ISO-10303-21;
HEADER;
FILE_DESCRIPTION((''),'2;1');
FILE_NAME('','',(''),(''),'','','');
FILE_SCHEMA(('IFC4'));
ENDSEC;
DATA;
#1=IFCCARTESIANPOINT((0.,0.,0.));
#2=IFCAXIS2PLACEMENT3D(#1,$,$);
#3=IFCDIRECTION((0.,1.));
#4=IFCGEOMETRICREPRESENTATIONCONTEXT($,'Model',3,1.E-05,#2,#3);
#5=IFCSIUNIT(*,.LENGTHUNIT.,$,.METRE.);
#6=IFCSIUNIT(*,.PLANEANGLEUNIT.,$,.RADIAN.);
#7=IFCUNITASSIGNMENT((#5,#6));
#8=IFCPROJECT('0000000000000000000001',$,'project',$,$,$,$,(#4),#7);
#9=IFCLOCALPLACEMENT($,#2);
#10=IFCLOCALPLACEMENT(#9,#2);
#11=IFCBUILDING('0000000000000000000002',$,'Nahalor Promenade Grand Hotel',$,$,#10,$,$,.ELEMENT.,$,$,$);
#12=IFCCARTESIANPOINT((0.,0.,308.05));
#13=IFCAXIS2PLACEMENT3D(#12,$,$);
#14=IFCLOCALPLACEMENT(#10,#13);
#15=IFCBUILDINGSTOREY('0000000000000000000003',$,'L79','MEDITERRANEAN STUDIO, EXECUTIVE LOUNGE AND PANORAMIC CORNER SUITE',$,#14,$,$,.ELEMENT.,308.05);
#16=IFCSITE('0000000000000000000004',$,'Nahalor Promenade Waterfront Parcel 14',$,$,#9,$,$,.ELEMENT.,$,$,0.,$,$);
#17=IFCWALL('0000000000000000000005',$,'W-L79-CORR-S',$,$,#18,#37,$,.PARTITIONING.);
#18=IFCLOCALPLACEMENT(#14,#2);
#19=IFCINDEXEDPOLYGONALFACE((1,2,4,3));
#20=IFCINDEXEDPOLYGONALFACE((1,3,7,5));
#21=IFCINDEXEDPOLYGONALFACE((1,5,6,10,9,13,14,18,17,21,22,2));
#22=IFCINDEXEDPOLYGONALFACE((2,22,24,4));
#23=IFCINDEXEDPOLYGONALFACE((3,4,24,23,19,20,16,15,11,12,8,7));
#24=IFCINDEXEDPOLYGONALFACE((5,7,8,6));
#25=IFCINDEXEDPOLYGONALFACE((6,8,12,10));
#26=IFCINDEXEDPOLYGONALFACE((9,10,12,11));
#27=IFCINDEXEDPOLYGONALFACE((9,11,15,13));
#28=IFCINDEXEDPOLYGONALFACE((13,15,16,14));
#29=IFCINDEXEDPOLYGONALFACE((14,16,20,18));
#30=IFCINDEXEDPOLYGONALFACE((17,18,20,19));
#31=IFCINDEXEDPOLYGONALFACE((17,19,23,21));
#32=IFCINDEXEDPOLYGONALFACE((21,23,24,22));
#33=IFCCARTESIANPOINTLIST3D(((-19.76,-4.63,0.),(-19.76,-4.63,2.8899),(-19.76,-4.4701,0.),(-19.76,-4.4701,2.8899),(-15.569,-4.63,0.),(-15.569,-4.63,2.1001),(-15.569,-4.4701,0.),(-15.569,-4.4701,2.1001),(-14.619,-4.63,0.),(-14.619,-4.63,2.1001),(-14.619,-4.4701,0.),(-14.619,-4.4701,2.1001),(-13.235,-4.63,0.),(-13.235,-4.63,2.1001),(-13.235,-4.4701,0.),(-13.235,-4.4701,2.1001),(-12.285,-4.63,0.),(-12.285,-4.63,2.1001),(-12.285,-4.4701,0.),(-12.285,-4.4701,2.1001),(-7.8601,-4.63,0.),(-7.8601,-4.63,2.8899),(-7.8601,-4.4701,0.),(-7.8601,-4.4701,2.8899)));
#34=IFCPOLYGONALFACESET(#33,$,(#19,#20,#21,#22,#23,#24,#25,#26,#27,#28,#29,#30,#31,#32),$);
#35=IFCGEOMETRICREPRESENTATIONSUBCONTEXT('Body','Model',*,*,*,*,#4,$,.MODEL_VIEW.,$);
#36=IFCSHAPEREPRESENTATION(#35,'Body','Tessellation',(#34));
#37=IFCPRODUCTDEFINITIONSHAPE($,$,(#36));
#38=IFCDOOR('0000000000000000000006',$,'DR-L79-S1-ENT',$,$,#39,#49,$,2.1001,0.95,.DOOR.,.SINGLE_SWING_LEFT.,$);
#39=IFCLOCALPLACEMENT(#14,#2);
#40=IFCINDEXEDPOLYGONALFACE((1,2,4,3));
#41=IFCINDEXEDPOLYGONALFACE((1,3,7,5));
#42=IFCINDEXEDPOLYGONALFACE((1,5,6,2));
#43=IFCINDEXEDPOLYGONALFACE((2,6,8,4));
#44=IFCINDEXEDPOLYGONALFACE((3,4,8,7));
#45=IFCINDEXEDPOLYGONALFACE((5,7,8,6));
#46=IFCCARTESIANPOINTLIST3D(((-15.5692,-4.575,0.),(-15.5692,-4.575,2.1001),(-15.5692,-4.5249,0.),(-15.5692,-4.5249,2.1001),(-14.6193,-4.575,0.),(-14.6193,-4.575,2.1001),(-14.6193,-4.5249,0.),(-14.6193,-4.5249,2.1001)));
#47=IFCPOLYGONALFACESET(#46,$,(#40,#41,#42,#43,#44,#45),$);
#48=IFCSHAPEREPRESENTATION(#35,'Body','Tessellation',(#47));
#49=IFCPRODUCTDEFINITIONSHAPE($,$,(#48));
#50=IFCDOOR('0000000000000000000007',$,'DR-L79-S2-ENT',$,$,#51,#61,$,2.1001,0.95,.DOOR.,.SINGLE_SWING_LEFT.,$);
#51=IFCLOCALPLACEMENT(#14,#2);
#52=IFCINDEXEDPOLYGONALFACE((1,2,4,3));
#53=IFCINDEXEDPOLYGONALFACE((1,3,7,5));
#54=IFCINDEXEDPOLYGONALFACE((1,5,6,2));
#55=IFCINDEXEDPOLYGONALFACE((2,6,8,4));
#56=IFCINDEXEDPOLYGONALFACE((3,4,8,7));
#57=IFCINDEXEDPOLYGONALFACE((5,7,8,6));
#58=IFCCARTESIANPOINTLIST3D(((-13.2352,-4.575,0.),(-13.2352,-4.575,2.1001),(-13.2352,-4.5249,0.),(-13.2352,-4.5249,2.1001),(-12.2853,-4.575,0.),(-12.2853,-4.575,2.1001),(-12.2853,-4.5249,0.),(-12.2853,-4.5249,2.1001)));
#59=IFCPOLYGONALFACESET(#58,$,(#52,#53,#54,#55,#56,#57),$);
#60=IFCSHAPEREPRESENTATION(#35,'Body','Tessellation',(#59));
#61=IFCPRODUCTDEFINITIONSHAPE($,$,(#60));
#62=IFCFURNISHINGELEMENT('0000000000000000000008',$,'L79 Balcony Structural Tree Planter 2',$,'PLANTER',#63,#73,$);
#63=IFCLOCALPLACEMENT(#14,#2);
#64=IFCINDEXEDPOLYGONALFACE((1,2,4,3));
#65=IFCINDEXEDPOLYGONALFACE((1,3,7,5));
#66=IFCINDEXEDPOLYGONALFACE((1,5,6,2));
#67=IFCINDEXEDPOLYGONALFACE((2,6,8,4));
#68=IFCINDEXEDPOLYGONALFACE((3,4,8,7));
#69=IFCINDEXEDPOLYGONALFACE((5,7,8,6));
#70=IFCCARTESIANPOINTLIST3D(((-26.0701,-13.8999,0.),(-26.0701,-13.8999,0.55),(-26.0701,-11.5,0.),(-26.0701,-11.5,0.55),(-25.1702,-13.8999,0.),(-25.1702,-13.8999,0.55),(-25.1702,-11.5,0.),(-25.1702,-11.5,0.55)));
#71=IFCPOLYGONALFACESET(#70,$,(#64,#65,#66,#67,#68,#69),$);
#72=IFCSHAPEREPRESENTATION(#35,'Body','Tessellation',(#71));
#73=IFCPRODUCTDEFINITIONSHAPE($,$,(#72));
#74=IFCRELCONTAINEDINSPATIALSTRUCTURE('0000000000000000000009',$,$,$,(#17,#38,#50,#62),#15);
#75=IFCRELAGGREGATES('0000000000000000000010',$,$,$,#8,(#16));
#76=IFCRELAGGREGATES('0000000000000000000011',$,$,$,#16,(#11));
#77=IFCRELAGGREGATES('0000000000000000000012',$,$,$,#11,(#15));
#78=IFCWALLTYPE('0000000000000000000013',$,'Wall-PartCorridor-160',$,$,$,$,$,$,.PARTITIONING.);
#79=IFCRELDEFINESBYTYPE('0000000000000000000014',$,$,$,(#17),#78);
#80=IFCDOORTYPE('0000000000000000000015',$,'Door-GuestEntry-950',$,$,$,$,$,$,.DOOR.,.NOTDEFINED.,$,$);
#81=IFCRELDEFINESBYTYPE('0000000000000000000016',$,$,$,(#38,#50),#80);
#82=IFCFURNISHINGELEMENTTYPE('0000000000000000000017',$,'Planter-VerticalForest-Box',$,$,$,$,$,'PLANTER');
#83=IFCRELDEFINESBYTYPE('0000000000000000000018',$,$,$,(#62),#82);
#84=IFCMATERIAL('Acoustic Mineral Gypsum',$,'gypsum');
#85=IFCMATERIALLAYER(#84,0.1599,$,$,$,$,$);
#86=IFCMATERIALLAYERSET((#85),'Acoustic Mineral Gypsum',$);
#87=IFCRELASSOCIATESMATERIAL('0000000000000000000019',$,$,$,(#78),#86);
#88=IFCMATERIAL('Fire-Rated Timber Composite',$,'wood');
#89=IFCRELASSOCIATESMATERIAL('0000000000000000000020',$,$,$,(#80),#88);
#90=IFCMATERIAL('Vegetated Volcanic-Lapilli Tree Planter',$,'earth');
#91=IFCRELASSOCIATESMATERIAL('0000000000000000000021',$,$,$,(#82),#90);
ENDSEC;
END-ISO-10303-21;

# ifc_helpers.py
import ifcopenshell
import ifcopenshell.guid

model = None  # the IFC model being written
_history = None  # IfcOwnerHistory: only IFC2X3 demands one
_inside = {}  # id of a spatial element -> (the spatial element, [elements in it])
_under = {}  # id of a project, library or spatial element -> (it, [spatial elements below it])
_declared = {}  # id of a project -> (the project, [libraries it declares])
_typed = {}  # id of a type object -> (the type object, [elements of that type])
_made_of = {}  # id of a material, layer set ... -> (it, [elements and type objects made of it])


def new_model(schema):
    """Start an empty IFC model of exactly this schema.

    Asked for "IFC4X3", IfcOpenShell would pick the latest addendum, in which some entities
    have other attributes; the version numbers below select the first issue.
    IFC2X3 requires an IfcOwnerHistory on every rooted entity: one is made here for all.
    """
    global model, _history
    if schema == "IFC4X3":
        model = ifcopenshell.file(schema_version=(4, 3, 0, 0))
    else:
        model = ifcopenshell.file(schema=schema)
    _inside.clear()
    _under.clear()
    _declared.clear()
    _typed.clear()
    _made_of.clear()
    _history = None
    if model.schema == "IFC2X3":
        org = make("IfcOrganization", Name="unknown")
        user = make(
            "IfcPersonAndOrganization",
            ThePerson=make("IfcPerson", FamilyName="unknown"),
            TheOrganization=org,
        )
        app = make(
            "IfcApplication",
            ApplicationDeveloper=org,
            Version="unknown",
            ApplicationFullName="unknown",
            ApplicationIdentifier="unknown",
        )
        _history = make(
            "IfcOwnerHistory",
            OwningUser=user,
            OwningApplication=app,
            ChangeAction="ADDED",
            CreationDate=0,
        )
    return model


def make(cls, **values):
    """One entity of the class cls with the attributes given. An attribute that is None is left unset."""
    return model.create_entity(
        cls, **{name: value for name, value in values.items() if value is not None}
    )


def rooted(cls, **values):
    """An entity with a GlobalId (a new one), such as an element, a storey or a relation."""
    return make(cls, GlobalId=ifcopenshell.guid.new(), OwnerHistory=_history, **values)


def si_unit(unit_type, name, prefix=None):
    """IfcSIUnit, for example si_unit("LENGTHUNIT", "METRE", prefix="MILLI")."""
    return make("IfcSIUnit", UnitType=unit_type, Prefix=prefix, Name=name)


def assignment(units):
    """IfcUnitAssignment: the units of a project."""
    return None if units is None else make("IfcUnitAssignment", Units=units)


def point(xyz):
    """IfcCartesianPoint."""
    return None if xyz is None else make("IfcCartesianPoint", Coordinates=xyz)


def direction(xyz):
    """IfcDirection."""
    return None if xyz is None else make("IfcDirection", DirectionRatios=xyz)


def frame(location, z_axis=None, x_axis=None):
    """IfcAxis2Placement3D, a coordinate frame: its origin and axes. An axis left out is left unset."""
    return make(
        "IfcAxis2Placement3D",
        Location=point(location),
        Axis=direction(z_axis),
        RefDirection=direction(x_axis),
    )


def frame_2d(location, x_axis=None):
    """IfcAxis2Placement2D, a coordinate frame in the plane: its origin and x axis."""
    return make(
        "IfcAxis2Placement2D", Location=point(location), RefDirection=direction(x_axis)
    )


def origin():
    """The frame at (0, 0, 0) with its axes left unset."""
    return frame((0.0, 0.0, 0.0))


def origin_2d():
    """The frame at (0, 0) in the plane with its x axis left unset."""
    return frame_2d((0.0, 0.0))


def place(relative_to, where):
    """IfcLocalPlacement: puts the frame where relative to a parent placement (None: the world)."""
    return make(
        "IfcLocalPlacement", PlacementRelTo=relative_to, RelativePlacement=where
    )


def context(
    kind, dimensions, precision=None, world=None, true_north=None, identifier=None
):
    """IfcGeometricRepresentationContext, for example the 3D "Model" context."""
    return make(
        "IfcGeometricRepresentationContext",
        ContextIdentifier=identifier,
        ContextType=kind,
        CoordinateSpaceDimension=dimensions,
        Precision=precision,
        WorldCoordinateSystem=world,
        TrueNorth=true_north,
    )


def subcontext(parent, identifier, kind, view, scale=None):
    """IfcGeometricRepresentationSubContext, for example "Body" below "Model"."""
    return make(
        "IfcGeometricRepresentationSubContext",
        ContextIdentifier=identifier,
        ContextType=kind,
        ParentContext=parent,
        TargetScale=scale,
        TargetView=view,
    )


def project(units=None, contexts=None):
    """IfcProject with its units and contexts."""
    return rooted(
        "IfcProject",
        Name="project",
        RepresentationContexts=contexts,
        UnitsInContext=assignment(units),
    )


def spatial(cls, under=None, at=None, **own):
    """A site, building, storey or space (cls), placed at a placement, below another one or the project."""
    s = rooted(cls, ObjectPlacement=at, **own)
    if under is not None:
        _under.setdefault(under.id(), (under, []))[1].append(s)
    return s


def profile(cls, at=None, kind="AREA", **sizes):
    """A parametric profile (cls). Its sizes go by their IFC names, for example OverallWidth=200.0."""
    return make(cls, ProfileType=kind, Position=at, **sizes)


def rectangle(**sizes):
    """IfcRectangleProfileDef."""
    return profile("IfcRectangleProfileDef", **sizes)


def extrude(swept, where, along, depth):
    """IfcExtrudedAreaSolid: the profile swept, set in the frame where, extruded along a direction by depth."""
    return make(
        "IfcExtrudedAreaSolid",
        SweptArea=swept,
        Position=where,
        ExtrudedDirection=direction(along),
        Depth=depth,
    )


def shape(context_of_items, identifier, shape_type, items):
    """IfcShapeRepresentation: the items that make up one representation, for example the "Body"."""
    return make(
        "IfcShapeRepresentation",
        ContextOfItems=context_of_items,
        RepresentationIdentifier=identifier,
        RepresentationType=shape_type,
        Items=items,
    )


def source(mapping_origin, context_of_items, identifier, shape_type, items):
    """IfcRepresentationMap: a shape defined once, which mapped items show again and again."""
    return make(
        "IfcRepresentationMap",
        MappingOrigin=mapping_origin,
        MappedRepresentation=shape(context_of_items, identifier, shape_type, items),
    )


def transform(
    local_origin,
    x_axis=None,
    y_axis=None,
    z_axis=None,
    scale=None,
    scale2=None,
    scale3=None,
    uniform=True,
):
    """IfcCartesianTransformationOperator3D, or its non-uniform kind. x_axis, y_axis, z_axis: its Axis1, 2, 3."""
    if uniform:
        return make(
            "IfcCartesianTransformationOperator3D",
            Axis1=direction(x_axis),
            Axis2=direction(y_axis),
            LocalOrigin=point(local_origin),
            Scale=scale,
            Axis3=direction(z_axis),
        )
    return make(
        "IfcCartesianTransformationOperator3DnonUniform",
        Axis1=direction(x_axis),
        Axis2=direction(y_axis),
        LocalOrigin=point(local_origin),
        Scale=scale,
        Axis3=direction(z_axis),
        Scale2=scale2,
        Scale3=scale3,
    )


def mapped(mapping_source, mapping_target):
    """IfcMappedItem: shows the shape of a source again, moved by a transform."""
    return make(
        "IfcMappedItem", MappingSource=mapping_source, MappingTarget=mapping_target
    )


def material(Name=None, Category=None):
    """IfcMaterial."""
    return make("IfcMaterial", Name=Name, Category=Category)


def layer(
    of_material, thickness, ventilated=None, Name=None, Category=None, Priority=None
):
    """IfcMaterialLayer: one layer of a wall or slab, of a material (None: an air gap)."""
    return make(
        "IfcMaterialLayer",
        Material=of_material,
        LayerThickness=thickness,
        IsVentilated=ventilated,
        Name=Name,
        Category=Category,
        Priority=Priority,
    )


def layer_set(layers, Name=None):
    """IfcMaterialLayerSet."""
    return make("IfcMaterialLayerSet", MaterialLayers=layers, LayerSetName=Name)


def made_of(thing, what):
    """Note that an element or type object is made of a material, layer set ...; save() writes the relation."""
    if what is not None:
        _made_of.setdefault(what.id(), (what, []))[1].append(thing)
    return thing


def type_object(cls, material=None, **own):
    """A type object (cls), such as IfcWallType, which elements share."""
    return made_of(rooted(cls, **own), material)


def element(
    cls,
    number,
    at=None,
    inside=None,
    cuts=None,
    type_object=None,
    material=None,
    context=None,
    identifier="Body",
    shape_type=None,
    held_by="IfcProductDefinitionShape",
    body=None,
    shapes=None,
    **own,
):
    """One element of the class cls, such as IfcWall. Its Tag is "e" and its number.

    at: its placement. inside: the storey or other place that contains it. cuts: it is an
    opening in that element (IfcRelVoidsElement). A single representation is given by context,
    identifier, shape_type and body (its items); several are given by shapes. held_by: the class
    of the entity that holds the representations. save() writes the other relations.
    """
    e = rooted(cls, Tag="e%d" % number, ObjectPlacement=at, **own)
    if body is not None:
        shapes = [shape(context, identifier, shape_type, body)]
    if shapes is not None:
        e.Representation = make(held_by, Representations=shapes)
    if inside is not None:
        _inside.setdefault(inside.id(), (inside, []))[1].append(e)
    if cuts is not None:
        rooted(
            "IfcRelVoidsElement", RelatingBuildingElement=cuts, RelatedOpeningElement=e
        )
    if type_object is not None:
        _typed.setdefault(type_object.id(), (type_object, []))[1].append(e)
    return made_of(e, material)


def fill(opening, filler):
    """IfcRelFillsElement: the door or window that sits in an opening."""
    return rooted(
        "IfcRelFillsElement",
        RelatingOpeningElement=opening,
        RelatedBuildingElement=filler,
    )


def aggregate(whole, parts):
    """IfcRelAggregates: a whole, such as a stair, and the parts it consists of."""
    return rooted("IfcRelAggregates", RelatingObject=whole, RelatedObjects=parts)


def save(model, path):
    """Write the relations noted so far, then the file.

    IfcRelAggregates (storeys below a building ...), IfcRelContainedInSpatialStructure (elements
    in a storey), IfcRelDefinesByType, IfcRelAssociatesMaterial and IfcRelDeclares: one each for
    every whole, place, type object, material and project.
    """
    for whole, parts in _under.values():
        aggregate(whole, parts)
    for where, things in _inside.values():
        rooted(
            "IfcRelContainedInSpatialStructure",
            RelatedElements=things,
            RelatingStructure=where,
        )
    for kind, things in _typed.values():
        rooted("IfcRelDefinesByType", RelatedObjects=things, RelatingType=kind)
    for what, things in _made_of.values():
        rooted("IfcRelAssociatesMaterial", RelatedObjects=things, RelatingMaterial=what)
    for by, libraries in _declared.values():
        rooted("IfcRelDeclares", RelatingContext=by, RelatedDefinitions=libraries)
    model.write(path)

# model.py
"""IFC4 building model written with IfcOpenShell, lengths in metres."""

from ifc_helpers import new_model, si_unit, direction, frame, frame_2d, origin, origin_2d, place, context, subcontext, project, spatial, rectangle, extrude, source, transform, mapped, material, layer, layer_set, type_object, element, fill, save


model = new_model("IFC4")

# Units and contexts
model_context = context("Model", 3, precision=1e-05, world=origin(), true_north=direction((0.0, 1.0)))
body_context = subcontext(model_context, "Body", "Model", "MODEL_VIEW")
ifc_project = project(units=[si_unit("LENGTHUNIT", "METRE"), si_unit("PLANEANGLEUNIT", "RADIAN")], contexts=[model_context])

# Site, building, storey
site_placement = place(None, origin())
site = spatial("IfcSite", under=ifc_project, at=site_placement, Name="Nahalor Promenade Waterfront Parcel 14", CompositionType="ELEMENT", RefElevation=0.0)
building_placement = place(site_placement, origin())
building = spatial("IfcBuilding", under=site, at=building_placement, Name="Nahalor Promenade Grand Hotel", CompositionType="ELEMENT")
storey_placement = place(building_placement, frame((0.0, 0.0, 308.05)))
storey = spatial("IfcBuildingStorey", under=building, at=storey_placement, Name="L79", Description="MEDITERRANEAN STUDIO, EXECUTIVE LOUNGE AND PANORAMIC CORNER SUITE", CompositionType="ELEMENT", Elevation=308.05)

# Wall, openings, doors
ifc_material_1 = material(Name="Acoustic Mineral Gypsum", Category="gypsum")
ifc_layer_1 = layer(ifc_material_1, 0.1599)
ifc_layer_set_1 = layer_set([ifc_layer_1], Name="Acoustic Mineral Gypsum")
wall_type_1 = type_object("IfcWallType", Name="Wall-PartCorridor-160", PredefinedType="PARTITIONING", material=ifc_layer_set_1)
shared_shape_1 = source(origin(), body_context, "Body", "SweptSolid", [
    extrude(rectangle(XDim=11.8999, YDim=0.1599, at=frame_2d((5.95, 0.0))), origin(), (0.0, 0.0, 1.0), 2.8899),
])
wall_1_placement = place(storey_placement, frame((-19.76, -4.55, 0.0), z_axis=(0.0, 0.0, 1.0), x_axis=(1.0, 0.0, 0.0)))
wall_1 = element("IfcWall", 1, at=wall_1_placement, inside=storey, type_object=wall_type_1, Name="W-L79-CORR-S", PredefinedType="PARTITIONING", context=body_context, shape_type="MappedRepresentation", body=[
    mapped(shared_shape_1, transform((0.0, 0.0, 0.0), scale=1.0)),
])
opening_1_placement = place(wall_1_placement, frame((4.1909, 0.0, 0.0)))
opening_1 = element("IfcOpeningElement", 2, at=opening_1_placement, cuts=wall_1, PredefinedType="OPENING", context=body_context, shape_type="SweptSolid", body=[
    extrude(rectangle(XDim=0.95, YDim=2.1001, at=frame_2d((0.4751, 1.05))), frame((0.0, 0.0898, 0.0), z_axis=(0.0, -1.0, 0.0), x_axis=(1.0, 0.0, 0.0)), (0.0, 0.0, 1.0), 0.1799),
])
opening_2_placement = place(wall_1_placement, frame((6.5249, 0.0, 0.0)))
opening_2 = element("IfcOpeningElement", 3, at=opening_2_placement, cuts=wall_1, PredefinedType="OPENING", context=body_context, shape_type="SweptSolid", body=[
    extrude(rectangle(XDim=0.95, YDim=2.1001, at=frame_2d((0.4751, 1.05))), frame((0.0, 0.0898, 0.0), z_axis=(0.0, -1.0, 0.0), x_axis=(1.0, 0.0, 0.0)), (0.0, 0.0, 1.0), 0.1799),
])
ifc_material_2 = material(Name="Fire-Rated Timber Composite", Category="wood")
door_type_1 = type_object("IfcDoorType", Name="Door-GuestEntry-950", OperationType="NOTDEFINED", PredefinedType="DOOR", material=ifc_material_2)
shared_shape_2 = source(origin(), body_context, "Body", "SweptSolid", [
    extrude(rectangle(XDim=0.95, YDim=2.1001, at=frame_2d((0.4751, 1.05))), frame((0.0, 0.0249, 0.0), z_axis=(0.0, -1.0, 0.0), x_axis=(1.0, 0.0, 0.0)), (0.0, 0.0, 1.0), 0.05),
])
door_1_placement = place(opening_1_placement, frame((0.95, 0.0, 0.0), z_axis=(0.0, 0.0, 1.0), x_axis=(-1.0, 0.0, 0.0)))
door_1 = element("IfcDoor", 4, at=door_1_placement, inside=storey, type_object=door_type_1, Name="DR-L79-S1-ENT", OperationType="SINGLE_SWING_LEFT", OverallHeight=2.1001, OverallWidth=0.95, PredefinedType="DOOR", context=body_context, shape_type="MappedRepresentation", body=[
    mapped(shared_shape_2, transform((0.0, 0.0, 0.0), scale=1.0)),
])
fill(opening_1, door_1)
door_2_placement = place(opening_2_placement, frame((0.95, 0.0, 0.0), z_axis=(0.0, 0.0, 1.0), x_axis=(-1.0, 0.0, 0.0)))
door_2 = element("IfcDoor", 5, at=door_2_placement, inside=storey, type_object=door_type_1, Name="DR-L79-S2-ENT", OperationType="SINGLE_SWING_LEFT", OverallHeight=2.1001, OverallWidth=0.95, PredefinedType="DOOR", context=body_context, shape_type="MappedRepresentation", body=[
    mapped(shared_shape_2, transform((0.0, 0.0, 0.0), scale=1.0)),
])
fill(opening_2, door_2)

# Furnishing element
ifc_material_3 = material(Name="Vegetated Volcanic-Lapilli Tree Planter", Category="earth")
furnishing_element_type = type_object("IfcFurnishingElementType", Name="Planter-VerticalForest-Box", ElementType="PLANTER", material=ifc_material_3)
shared_shape_3 = source(origin(), body_context, "Body", "SweptSolid", [
    extrude(rectangle(XDim=2.3999, YDim=0.8999, at=origin_2d()), origin(), (0.0, 0.0, 1.0), 0.55),
])
furnishing_placement = place(storey_placement, frame((-25.6201, -12.7, 0.0), z_axis=(0.0, 0.0, 1.0), x_axis=(0.0, 1.0, 0.0)))
element("IfcFurnishingElement", 6, at=furnishing_placement, inside=storey, type_object=furnishing_element_type, Name="L79 Balcony Structural Tree Planter 2", ObjectType="PLANTER", context=body_context, shape_type="MappedRepresentation", body=[
    mapped(shared_shape_3, transform((0.0, 0.0, 0.0), scale=1.0)),
])

save(model, "model.ifc")
